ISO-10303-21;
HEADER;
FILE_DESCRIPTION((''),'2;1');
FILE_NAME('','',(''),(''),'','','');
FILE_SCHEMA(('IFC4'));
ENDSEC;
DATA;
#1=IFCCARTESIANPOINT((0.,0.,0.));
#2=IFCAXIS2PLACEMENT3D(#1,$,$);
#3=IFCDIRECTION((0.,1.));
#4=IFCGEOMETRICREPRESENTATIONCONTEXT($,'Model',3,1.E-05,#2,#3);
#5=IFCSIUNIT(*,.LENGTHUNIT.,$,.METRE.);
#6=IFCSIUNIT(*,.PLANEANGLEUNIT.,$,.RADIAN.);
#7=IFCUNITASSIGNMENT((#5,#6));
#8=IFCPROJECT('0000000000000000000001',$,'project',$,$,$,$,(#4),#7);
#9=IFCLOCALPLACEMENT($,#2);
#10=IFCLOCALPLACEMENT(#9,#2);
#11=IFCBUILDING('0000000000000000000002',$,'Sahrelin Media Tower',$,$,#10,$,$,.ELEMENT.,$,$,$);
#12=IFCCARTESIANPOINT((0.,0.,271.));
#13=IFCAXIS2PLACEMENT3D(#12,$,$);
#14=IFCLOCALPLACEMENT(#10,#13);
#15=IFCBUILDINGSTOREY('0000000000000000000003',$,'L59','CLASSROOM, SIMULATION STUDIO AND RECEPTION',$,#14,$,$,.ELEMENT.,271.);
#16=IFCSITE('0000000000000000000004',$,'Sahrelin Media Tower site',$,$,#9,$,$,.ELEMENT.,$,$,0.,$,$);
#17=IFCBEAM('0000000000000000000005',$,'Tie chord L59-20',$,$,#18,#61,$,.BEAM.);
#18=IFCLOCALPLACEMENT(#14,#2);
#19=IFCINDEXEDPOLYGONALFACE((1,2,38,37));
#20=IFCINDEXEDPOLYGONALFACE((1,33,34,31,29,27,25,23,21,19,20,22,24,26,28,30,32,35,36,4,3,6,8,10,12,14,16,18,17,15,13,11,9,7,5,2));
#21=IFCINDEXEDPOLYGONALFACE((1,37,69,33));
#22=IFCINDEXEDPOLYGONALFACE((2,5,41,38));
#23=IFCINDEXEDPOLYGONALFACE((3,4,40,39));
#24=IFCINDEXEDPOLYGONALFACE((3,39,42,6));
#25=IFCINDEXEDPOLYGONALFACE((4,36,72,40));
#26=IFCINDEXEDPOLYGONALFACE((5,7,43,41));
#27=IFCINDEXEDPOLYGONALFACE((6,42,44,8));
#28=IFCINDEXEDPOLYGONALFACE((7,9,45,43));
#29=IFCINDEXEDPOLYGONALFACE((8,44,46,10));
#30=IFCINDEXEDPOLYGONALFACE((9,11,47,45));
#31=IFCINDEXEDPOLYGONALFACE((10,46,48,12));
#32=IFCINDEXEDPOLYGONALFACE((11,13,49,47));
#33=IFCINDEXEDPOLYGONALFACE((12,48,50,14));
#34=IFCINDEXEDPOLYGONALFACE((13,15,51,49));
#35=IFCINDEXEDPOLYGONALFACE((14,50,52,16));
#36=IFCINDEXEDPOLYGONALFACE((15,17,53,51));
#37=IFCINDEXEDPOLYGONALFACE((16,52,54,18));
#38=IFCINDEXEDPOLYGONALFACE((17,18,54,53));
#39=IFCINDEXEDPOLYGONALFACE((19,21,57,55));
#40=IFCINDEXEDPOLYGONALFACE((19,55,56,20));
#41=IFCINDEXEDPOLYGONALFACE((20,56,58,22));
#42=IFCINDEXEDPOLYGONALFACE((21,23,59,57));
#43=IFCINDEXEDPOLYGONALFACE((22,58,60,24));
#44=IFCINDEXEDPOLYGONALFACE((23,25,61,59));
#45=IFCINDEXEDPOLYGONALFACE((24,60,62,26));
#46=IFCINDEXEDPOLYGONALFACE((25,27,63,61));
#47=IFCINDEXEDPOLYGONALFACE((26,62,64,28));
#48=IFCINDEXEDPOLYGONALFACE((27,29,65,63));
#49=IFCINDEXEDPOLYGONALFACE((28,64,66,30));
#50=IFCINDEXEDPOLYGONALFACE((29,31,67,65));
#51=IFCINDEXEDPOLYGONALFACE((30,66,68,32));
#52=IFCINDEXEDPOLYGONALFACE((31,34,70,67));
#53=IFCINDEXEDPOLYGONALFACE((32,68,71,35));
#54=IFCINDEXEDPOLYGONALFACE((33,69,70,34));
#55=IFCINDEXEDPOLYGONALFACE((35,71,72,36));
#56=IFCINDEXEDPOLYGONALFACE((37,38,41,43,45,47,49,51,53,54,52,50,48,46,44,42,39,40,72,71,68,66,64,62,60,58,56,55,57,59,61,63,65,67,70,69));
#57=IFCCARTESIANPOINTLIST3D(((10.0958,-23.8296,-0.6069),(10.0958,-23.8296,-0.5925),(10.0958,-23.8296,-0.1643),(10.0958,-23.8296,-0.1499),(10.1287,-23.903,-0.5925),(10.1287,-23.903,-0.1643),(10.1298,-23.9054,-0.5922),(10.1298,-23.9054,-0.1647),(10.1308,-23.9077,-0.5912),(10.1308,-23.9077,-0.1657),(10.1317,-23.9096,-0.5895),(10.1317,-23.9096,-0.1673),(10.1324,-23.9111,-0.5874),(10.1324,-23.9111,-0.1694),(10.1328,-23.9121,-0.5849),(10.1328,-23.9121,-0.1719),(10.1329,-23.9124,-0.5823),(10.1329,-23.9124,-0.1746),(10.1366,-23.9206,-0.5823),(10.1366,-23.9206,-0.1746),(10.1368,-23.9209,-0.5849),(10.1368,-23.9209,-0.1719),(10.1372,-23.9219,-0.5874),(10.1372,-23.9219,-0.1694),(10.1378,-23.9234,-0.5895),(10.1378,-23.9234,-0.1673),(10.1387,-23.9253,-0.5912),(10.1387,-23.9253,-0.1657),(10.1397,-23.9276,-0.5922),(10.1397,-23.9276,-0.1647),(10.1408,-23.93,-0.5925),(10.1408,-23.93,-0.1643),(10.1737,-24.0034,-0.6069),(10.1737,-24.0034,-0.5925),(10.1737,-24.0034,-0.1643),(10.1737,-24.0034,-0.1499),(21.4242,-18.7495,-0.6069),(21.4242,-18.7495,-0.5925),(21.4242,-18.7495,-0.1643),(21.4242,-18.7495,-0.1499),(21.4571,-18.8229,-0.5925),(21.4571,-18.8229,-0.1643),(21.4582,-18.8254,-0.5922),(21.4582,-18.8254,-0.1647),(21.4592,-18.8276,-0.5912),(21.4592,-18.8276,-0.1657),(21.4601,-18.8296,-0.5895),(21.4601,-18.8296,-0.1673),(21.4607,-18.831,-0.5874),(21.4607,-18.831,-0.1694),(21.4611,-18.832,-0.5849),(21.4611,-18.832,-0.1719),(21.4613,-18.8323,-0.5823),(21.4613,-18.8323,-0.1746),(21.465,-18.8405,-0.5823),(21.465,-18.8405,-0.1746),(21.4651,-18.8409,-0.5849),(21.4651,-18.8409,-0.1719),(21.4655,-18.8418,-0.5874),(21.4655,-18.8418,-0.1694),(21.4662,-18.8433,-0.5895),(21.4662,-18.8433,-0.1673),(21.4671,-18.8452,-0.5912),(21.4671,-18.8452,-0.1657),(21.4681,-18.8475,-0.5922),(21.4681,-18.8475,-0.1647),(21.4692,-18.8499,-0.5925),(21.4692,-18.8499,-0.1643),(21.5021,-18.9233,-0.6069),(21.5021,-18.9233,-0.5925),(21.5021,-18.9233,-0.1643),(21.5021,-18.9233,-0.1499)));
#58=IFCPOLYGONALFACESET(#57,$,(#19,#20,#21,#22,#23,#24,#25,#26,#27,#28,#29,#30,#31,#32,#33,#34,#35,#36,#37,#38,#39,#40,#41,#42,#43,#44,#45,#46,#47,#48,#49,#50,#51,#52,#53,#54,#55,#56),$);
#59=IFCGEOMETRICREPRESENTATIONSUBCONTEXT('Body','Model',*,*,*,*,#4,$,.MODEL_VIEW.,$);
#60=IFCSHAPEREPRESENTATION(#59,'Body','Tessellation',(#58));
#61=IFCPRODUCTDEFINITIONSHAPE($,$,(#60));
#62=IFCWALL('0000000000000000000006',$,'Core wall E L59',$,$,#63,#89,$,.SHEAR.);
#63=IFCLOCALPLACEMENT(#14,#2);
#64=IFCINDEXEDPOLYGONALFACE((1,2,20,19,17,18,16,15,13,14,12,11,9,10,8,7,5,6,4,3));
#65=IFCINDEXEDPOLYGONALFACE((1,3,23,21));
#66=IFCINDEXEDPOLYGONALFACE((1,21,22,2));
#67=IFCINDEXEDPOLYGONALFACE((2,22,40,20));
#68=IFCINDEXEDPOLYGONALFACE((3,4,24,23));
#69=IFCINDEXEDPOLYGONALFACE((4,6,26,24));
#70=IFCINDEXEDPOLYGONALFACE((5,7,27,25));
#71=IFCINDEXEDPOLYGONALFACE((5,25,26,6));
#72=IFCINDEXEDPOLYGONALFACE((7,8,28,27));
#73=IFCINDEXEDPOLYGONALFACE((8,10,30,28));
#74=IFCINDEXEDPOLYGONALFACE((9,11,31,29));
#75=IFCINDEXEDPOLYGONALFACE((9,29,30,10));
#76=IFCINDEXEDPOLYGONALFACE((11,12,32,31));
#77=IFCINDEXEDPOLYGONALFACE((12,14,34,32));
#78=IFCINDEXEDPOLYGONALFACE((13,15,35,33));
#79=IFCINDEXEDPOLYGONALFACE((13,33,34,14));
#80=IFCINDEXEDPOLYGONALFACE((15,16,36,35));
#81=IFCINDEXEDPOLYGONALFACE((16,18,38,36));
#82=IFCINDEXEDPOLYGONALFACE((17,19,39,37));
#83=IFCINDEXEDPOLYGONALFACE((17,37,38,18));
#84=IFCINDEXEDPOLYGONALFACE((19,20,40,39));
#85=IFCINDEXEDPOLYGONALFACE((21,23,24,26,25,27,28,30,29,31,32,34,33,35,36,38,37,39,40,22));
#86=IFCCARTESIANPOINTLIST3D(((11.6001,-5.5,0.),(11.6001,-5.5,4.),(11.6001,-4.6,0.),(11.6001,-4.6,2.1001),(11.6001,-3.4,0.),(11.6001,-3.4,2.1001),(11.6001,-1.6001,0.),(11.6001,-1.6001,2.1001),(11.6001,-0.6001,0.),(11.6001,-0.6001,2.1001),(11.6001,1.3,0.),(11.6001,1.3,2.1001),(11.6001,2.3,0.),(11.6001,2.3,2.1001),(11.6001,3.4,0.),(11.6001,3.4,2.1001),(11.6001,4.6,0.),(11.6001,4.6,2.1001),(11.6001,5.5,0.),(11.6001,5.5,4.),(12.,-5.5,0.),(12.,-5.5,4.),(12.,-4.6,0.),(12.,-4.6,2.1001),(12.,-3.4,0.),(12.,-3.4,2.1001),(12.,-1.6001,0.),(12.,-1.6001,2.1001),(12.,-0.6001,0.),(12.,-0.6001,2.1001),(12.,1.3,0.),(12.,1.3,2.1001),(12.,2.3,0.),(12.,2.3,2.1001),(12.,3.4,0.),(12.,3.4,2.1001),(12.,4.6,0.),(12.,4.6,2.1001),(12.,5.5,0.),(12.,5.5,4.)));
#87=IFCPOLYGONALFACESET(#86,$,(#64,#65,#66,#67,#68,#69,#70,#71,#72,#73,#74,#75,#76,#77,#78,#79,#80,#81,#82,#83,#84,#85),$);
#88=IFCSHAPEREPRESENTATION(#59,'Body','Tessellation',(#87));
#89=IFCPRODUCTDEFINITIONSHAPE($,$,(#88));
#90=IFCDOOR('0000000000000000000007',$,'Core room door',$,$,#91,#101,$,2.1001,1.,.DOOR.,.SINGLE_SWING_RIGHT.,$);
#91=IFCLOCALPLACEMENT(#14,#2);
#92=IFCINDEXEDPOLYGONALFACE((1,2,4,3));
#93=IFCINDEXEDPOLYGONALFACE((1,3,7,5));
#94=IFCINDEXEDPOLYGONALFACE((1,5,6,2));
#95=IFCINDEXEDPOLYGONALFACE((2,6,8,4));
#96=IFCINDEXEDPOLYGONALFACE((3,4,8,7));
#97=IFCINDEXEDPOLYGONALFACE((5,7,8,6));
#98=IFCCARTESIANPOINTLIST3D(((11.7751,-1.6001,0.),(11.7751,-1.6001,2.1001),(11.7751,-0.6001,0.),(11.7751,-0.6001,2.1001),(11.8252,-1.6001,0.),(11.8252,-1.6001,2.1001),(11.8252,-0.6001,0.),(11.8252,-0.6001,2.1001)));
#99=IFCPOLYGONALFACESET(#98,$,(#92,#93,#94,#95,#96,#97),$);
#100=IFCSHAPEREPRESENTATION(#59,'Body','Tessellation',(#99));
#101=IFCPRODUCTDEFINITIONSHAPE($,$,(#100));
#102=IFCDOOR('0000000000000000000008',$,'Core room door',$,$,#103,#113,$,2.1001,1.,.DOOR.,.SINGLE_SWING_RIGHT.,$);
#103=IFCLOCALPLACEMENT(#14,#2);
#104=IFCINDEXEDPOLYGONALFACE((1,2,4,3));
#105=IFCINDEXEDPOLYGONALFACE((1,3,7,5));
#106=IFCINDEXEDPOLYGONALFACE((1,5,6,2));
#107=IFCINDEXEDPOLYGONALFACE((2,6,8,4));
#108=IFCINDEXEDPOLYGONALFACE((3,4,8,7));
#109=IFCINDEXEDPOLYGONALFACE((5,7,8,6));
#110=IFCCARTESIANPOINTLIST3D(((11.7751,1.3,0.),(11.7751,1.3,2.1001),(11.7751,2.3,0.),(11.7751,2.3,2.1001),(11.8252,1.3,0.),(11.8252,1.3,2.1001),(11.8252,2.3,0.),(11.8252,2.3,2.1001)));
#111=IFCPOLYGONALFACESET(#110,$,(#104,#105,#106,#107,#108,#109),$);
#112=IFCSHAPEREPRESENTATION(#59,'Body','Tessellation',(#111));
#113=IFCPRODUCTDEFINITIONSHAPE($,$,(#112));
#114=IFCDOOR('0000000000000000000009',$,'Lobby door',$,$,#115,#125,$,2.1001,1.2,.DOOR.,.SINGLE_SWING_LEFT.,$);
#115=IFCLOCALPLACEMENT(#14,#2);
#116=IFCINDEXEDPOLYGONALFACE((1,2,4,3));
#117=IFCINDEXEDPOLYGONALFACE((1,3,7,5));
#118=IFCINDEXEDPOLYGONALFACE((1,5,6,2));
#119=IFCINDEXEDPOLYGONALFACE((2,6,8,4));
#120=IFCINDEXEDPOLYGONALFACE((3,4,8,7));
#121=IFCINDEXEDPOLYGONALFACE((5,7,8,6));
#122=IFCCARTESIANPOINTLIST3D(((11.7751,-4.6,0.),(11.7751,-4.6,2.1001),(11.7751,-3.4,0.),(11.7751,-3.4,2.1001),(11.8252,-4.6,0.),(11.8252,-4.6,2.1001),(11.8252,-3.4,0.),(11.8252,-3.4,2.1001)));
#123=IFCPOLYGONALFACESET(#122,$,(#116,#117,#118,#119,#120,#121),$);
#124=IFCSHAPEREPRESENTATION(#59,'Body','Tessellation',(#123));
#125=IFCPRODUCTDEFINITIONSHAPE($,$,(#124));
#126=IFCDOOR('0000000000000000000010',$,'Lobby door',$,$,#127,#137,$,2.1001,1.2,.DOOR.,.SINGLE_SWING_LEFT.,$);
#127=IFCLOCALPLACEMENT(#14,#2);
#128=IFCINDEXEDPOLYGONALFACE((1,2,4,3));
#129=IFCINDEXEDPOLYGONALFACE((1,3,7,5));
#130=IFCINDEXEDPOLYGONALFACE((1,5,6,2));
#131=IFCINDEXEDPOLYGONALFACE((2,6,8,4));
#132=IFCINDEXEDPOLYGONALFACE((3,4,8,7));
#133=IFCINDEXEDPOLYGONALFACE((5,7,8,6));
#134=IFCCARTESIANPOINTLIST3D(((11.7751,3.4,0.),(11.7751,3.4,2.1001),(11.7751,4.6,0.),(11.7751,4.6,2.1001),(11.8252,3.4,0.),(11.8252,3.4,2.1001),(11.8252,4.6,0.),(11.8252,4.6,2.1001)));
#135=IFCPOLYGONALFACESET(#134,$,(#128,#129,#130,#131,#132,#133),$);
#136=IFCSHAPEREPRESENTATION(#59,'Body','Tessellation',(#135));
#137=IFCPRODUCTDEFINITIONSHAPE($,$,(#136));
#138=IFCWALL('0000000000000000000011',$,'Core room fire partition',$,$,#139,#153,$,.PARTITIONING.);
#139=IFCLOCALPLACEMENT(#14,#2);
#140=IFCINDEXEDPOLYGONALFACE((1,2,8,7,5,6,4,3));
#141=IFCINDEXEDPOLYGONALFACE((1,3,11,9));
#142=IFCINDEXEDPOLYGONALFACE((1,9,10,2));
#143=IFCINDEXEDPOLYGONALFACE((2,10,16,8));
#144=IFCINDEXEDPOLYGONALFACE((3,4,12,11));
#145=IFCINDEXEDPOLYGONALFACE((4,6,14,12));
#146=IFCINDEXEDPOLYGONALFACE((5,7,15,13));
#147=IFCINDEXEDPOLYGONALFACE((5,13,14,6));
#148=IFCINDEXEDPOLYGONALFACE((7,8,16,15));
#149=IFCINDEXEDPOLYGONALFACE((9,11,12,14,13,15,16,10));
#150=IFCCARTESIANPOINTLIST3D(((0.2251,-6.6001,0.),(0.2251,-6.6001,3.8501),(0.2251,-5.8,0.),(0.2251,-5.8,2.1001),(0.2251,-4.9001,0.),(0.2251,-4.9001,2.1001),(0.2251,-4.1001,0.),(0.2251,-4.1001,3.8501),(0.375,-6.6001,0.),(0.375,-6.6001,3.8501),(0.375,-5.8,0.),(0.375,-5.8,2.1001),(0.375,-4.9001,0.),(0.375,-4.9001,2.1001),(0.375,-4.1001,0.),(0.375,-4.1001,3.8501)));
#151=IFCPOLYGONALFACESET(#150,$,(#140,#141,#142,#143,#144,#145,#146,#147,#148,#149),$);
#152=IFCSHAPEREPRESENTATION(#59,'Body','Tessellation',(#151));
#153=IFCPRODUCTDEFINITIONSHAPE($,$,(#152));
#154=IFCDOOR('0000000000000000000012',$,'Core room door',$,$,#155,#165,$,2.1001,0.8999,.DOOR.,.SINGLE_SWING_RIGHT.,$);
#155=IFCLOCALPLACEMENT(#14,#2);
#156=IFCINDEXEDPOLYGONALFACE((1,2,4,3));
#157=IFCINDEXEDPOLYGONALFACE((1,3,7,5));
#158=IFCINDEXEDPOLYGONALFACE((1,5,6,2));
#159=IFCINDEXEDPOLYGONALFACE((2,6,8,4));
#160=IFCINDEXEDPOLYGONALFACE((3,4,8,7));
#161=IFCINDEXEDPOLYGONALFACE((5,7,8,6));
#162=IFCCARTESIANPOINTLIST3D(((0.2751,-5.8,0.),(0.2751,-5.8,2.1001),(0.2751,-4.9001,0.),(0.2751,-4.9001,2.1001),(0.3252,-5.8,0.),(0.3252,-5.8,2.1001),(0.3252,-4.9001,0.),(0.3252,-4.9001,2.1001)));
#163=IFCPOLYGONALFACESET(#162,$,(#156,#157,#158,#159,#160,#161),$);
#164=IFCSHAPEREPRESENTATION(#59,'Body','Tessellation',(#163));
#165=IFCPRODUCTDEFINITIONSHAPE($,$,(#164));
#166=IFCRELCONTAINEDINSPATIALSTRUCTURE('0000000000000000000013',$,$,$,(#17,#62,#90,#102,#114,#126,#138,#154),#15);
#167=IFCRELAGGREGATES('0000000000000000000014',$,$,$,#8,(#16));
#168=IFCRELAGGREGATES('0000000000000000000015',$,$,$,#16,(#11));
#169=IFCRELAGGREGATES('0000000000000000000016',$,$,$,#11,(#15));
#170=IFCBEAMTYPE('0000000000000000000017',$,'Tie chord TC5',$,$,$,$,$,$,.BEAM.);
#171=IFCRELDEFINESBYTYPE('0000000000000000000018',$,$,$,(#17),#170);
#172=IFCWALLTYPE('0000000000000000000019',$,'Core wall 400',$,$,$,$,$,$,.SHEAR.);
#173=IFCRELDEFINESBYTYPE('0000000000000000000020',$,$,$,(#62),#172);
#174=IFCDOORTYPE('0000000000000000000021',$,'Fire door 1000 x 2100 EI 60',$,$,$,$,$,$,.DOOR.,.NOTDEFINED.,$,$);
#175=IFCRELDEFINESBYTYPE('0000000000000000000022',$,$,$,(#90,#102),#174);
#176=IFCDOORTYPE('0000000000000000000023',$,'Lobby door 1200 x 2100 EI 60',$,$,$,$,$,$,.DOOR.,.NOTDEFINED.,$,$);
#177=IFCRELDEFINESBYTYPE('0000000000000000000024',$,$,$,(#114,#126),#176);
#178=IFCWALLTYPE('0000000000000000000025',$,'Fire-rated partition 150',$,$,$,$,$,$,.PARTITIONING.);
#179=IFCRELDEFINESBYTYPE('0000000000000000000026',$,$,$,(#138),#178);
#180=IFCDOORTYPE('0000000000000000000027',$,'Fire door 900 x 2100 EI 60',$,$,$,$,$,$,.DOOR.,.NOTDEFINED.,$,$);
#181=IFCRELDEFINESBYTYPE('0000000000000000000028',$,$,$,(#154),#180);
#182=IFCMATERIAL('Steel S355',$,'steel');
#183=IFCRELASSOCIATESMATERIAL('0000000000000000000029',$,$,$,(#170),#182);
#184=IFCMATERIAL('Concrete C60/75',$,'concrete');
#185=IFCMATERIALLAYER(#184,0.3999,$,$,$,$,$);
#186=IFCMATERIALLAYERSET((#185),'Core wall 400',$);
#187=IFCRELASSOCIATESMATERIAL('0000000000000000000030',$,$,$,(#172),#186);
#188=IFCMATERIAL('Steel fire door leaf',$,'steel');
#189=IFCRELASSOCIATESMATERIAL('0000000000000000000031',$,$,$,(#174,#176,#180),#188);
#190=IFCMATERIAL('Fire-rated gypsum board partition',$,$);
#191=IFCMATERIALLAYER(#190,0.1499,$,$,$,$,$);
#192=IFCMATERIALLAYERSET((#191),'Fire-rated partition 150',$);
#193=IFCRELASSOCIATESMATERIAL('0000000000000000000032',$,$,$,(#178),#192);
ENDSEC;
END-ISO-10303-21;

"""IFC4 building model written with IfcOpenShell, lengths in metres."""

from ifc_helpers import new_model, si_unit, direction, frame, frame_2d, origin, origin_2d, place, context, subcontext, project, spatial, rectangle, i_section, extrude, material, layer, layer_set, material_profile, profile_set, type_object, element, fill, save


model = new_model("IFC4")

# Units and contexts
model_context = context("Model", 3, precision=1e-05, world=origin(), true_north=direction((0.0, 1.0)))
body_context = subcontext(model_context, "Body", "Model", "MODEL_VIEW")
ifc_project = project(units=[si_unit("LENGTHUNIT", "METRE"), si_unit("PLANEANGLEUNIT", "RADIAN")], contexts=[model_context])

# Site, building, storey
site_placement = place(None, origin())
site = spatial("IfcSite", under=ifc_project, at=site_placement, Name="Sahrelin Media Tower site", CompositionType="ELEMENT", RefElevation=0.0)
building_placement = place(site_placement, origin())
building = spatial("IfcBuilding", under=site, at=building_placement, Name="Sahrelin Media Tower", CompositionType="ELEMENT")
storey_placement = place(building_placement, frame((0.0, 0.0, 271.0)))
storey = spatial("IfcBuildingStorey", under=building, at=storey_placement, Name="L59", Description="CLASSROOM, SIMULATION STUDIO AND RECEPTION", CompositionType="ELEMENT", Elevation=271.0)

# Beam
ifc_material_1 = material(Name="Steel S355", Category="steel")
ifc_material_profile_1 = material_profile(ifc_material_1, i_section(OverallWidth=0.1904, OverallDepth=0.457, WebThickness=0.009, FlangeThickness=0.0144, FilletRadius=0.0103, at=origin_2d()), Name="UB 457x191x74")
ifc_profile_set_1 = profile_set([ifc_material_profile_1], Name="Steel S355")
beam_type_1 = type_object("IfcBeamType", Name="Tie chord TC5", PredefinedType="BEAM", material=ifc_profile_set_1)
beam_1_placement = place(storey_placement, frame((10.1348, -23.9165, -0.3784), z_axis=(0.912454, 0.40918, 0.0), x_axis=(-0.40918, 0.912454, 0.0)))
element("IfcBeam", 1, at=beam_1_placement, inside=storey, type_object=beam_type_1, Name="Tie chord L59-20", PredefinedType="BEAM", context=body_context, shape_type="SweptSolid", body=[
    extrude(i_section(OverallWidth=0.1904, OverallDepth=0.457, WebThickness=0.009, FlangeThickness=0.0144, FilletRadius=0.0103, at=origin_2d()), origin(), (0.0, 0.0, 1.0), 12.4153),
])

# Wall, openings, doors
ifc_material_2 = material(Name="Concrete C60/75", Category="concrete")
ifc_layer_1 = layer(ifc_material_2, 0.3999)
ifc_layer_set_1 = layer_set([ifc_layer_1], Name="Core wall 400")
wall_type_1 = type_object("IfcWallType", Name="Core wall 400", PredefinedType="SHEAR", material=ifc_layer_set_1)
wall_1_placement = place(storey_placement, frame((11.8, -5.5, 0.0), z_axis=(0.0, 0.0, 1.0), x_axis=(0.0, 1.0, 0.0)))
wall_1 = element("IfcWall", 2, at=wall_1_placement, inside=storey, type_object=wall_type_1, Name="Core wall E L59", PredefinedType="SHEAR", context=body_context, shape_type="SweptSolid", body=[
    extrude(rectangle(XDim=11.0, YDim=0.3999, at=frame_2d((5.5, 0.0))), origin(), (0.0, 0.0, 1.0), 4.0),
])
opening_1_placement = place(wall_1_placement, frame((3.8999, 0.0, 0.0)))
opening_1 = element("IfcOpeningElement", 3, at=opening_1_placement, cuts=wall_1, PredefinedType="OPENING", context=body_context, shape_type="SweptSolid", body=[
    extrude(rectangle(XDim=1.0, YDim=2.1001, at=frame_2d((0.5, 1.05))), frame((0.0, 0.2, 0.0), z_axis=(0.0, -1.0, 0.0), x_axis=(1.0, 0.0, 0.0)), (0.0, 0.0, 1.0), 0.3999),
])
opening_2_placement = place(wall_1_placement, frame((6.8, 0.0, 0.0)))
opening_2 = element("IfcOpeningElement", 4, at=opening_2_placement, cuts=wall_1, PredefinedType="OPENING", context=body_context, shape_type="SweptSolid", body=[
    extrude(rectangle(XDim=1.0, YDim=2.1001, at=frame_2d((0.5, 1.05))), frame((0.0, 0.2, 0.0), z_axis=(0.0, -1.0, 0.0), x_axis=(1.0, 0.0, 0.0)), (0.0, 0.0, 1.0), 0.3999),
])
opening_3_placement = place(wall_1_placement, frame((0.8999, 0.0, 0.0)))
opening_3 = element("IfcOpeningElement", 5, at=opening_3_placement, cuts=wall_1, PredefinedType="OPENING", context=body_context, shape_type="SweptSolid", body=[
    extrude(rectangle(XDim=1.2, YDim=2.1001, at=frame_2d((0.6001, 1.05))), frame((0.0, 0.2, 0.0), z_axis=(0.0, -1.0, 0.0), x_axis=(1.0, 0.0, 0.0)), (0.0, 0.0, 1.0), 0.3999),
])
opening_4_placement = place(wall_1_placement, frame((8.8999, 0.0, 0.0)))
opening_4 = element("IfcOpeningElement", 6, at=opening_4_placement, cuts=wall_1, PredefinedType="OPENING", context=body_context, shape_type="SweptSolid", body=[
    extrude(rectangle(XDim=1.2, YDim=2.1001, at=frame_2d((0.6001, 1.05))), frame((0.0, 0.2, 0.0), z_axis=(0.0, -1.0, 0.0), x_axis=(1.0, 0.0, 0.0)), (0.0, 0.0, 1.0), 0.3999),
])
ifc_material_3 = material(Name="Steel fire door leaf", Category="steel")
door_type_1 = type_object("IfcDoorType", Name="Fire door 1000 x 2100 EI 60", OperationType="NOTDEFINED", PredefinedType="DOOR", material=ifc_material_3)
door_1_placement = place(opening_1_placement, origin())
door_1 = element("IfcDoor", 7, at=door_1_placement, inside=storey, type_object=door_type_1, Name="Core room door", OperationType="SINGLE_SWING_RIGHT", OverallHeight=2.1001, OverallWidth=1.0, PredefinedType="DOOR", context=body_context, shape_type="SweptSolid", body=[
    extrude(rectangle(XDim=1.0, YDim=2.1001, at=frame_2d((0.5, 1.05))), frame((0.0, 0.0249, 0.0), z_axis=(0.0, -1.0, 0.0), x_axis=(1.0, 0.0, 0.0)), (0.0, 0.0, 1.0), 0.05),
])
fill(opening_1, door_1)
door_2_placement = place(opening_2_placement, origin())
door_2 = element("IfcDoor", 8, at=door_2_placement, inside=storey, type_object=door_type_1, Name="Core room door", OperationType="SINGLE_SWING_RIGHT", OverallHeight=2.1001, OverallWidth=1.0, PredefinedType="DOOR", context=body_context, shape_type="SweptSolid", body=[
    extrude(rectangle(XDim=1.0, YDim=2.1001, at=frame_2d((0.5, 1.05))), frame((0.0, 0.0249, 0.0), z_axis=(0.0, -1.0, 0.0), x_axis=(1.0, 0.0, 0.0)), (0.0, 0.0, 1.0), 0.05),
])
fill(opening_2, door_2)
door_type_2 = type_object("IfcDoorType", Name="Lobby door 1200 x 2100 EI 60", OperationType="NOTDEFINED", PredefinedType="DOOR", material=ifc_material_3)
door_3_placement = place(opening_3_placement, origin())
door_3 = element("IfcDoor", 9, at=door_3_placement, inside=storey, type_object=door_type_2, Name="Lobby door", OperationType="SINGLE_SWING_LEFT", OverallHeight=2.1001, OverallWidth=1.2, PredefinedType="DOOR", context=body_context, shape_type="SweptSolid", body=[
    extrude(rectangle(XDim=1.2, YDim=2.1001, at=frame_2d((0.6001, 1.05))), frame((0.0, 0.0249, 0.0), z_axis=(0.0, -1.0, 0.0), x_axis=(1.0, 0.0, 0.0)), (0.0, 0.0, 1.0), 0.05),
])
fill(opening_3, door_3)
door_4_placement = place(opening_4_placement, origin())
door_4 = element("IfcDoor", 10, at=door_4_placement, inside=storey, type_object=door_type_2, Name="Lobby door", OperationType="SINGLE_SWING_LEFT", OverallHeight=2.1001, OverallWidth=1.2, PredefinedType="DOOR", context=body_context, shape_type="SweptSolid", body=[
    extrude(rectangle(XDim=1.2, YDim=2.1001, at=frame_2d((0.6001, 1.05))), frame((0.0, 0.0249, 0.0), z_axis=(0.0, -1.0, 0.0), x_axis=(1.0, 0.0, 0.0)), (0.0, 0.0, 1.0), 0.05),
])
fill(opening_4, door_4)

# Wall, opening, door
ifc_material_4 = material(Name="Fire-rated gypsum board partition")
ifc_layer_2 = layer(ifc_material_4, 0.1499)
ifc_layer_set_2 = layer_set([ifc_layer_2], Name="Fire-rated partition 150")
wall_type_2 = type_object("IfcWallType", Name="Fire-rated partition 150", PredefinedType="PARTITIONING", material=ifc_layer_set_2)
wall_2_placement = place(storey_placement, frame((0.3, -6.6001, 0.0), z_axis=(0.0, 0.0, 1.0), x_axis=(0.0, 1.0, 0.0)))
wall_2 = element("IfcWall", 11, at=wall_2_placement, inside=storey, type_object=wall_type_2, Name="Core room fire partition", PredefinedType="PARTITIONING", context=body_context, shape_type="SweptSolid", body=[
    extrude(rectangle(XDim=2.5, YDim=0.1499, at=frame_2d((1.25, 0.0))), origin(), (0.0, 0.0, 1.0), 3.8501),
])
opening_5_placement = place(wall_2_placement, frame((0.8, 0.0, 0.0)))
opening_5 = element("IfcOpeningElement", 12, at=opening_5_placement, cuts=wall_2, PredefinedType="OPENING", context=body_context, shape_type="SweptSolid", body=[
    extrude(rectangle(XDim=0.8999, YDim=2.1001, at=frame_2d((0.45, 1.05))), frame((0.0, 0.075, 0.0), z_axis=(0.0, -1.0, 0.0), x_axis=(1.0, 0.0, 0.0)), (0.0, 0.0, 1.0), 0.1499),
])
door_type_3 = type_object("IfcDoorType", Name="Fire door 900 x 2100 EI 60", OperationType="NOTDEFINED", PredefinedType="DOOR", material=ifc_material_3)
door_5_placement = place(opening_5_placement, origin())
door_5 = element("IfcDoor", 13, at=door_5_placement, inside=storey, type_object=door_type_3, Name="Core room door", OperationType="SINGLE_SWING_RIGHT", OverallHeight=2.1001, OverallWidth=0.8999, PredefinedType="DOOR", context=body_context, shape_type="SweptSolid", body=[
    extrude(rectangle(XDim=0.8999, YDim=2.1001, at=frame_2d((0.45, 1.05))), frame((0.0, 0.0249, 0.0), z_axis=(0.0, -1.0, 0.0), x_axis=(1.0, 0.0, 0.0)), (0.0, 0.0, 1.0), 0.05),
])
fill(opening_5, door_5)

save(model, "model.ifc")
